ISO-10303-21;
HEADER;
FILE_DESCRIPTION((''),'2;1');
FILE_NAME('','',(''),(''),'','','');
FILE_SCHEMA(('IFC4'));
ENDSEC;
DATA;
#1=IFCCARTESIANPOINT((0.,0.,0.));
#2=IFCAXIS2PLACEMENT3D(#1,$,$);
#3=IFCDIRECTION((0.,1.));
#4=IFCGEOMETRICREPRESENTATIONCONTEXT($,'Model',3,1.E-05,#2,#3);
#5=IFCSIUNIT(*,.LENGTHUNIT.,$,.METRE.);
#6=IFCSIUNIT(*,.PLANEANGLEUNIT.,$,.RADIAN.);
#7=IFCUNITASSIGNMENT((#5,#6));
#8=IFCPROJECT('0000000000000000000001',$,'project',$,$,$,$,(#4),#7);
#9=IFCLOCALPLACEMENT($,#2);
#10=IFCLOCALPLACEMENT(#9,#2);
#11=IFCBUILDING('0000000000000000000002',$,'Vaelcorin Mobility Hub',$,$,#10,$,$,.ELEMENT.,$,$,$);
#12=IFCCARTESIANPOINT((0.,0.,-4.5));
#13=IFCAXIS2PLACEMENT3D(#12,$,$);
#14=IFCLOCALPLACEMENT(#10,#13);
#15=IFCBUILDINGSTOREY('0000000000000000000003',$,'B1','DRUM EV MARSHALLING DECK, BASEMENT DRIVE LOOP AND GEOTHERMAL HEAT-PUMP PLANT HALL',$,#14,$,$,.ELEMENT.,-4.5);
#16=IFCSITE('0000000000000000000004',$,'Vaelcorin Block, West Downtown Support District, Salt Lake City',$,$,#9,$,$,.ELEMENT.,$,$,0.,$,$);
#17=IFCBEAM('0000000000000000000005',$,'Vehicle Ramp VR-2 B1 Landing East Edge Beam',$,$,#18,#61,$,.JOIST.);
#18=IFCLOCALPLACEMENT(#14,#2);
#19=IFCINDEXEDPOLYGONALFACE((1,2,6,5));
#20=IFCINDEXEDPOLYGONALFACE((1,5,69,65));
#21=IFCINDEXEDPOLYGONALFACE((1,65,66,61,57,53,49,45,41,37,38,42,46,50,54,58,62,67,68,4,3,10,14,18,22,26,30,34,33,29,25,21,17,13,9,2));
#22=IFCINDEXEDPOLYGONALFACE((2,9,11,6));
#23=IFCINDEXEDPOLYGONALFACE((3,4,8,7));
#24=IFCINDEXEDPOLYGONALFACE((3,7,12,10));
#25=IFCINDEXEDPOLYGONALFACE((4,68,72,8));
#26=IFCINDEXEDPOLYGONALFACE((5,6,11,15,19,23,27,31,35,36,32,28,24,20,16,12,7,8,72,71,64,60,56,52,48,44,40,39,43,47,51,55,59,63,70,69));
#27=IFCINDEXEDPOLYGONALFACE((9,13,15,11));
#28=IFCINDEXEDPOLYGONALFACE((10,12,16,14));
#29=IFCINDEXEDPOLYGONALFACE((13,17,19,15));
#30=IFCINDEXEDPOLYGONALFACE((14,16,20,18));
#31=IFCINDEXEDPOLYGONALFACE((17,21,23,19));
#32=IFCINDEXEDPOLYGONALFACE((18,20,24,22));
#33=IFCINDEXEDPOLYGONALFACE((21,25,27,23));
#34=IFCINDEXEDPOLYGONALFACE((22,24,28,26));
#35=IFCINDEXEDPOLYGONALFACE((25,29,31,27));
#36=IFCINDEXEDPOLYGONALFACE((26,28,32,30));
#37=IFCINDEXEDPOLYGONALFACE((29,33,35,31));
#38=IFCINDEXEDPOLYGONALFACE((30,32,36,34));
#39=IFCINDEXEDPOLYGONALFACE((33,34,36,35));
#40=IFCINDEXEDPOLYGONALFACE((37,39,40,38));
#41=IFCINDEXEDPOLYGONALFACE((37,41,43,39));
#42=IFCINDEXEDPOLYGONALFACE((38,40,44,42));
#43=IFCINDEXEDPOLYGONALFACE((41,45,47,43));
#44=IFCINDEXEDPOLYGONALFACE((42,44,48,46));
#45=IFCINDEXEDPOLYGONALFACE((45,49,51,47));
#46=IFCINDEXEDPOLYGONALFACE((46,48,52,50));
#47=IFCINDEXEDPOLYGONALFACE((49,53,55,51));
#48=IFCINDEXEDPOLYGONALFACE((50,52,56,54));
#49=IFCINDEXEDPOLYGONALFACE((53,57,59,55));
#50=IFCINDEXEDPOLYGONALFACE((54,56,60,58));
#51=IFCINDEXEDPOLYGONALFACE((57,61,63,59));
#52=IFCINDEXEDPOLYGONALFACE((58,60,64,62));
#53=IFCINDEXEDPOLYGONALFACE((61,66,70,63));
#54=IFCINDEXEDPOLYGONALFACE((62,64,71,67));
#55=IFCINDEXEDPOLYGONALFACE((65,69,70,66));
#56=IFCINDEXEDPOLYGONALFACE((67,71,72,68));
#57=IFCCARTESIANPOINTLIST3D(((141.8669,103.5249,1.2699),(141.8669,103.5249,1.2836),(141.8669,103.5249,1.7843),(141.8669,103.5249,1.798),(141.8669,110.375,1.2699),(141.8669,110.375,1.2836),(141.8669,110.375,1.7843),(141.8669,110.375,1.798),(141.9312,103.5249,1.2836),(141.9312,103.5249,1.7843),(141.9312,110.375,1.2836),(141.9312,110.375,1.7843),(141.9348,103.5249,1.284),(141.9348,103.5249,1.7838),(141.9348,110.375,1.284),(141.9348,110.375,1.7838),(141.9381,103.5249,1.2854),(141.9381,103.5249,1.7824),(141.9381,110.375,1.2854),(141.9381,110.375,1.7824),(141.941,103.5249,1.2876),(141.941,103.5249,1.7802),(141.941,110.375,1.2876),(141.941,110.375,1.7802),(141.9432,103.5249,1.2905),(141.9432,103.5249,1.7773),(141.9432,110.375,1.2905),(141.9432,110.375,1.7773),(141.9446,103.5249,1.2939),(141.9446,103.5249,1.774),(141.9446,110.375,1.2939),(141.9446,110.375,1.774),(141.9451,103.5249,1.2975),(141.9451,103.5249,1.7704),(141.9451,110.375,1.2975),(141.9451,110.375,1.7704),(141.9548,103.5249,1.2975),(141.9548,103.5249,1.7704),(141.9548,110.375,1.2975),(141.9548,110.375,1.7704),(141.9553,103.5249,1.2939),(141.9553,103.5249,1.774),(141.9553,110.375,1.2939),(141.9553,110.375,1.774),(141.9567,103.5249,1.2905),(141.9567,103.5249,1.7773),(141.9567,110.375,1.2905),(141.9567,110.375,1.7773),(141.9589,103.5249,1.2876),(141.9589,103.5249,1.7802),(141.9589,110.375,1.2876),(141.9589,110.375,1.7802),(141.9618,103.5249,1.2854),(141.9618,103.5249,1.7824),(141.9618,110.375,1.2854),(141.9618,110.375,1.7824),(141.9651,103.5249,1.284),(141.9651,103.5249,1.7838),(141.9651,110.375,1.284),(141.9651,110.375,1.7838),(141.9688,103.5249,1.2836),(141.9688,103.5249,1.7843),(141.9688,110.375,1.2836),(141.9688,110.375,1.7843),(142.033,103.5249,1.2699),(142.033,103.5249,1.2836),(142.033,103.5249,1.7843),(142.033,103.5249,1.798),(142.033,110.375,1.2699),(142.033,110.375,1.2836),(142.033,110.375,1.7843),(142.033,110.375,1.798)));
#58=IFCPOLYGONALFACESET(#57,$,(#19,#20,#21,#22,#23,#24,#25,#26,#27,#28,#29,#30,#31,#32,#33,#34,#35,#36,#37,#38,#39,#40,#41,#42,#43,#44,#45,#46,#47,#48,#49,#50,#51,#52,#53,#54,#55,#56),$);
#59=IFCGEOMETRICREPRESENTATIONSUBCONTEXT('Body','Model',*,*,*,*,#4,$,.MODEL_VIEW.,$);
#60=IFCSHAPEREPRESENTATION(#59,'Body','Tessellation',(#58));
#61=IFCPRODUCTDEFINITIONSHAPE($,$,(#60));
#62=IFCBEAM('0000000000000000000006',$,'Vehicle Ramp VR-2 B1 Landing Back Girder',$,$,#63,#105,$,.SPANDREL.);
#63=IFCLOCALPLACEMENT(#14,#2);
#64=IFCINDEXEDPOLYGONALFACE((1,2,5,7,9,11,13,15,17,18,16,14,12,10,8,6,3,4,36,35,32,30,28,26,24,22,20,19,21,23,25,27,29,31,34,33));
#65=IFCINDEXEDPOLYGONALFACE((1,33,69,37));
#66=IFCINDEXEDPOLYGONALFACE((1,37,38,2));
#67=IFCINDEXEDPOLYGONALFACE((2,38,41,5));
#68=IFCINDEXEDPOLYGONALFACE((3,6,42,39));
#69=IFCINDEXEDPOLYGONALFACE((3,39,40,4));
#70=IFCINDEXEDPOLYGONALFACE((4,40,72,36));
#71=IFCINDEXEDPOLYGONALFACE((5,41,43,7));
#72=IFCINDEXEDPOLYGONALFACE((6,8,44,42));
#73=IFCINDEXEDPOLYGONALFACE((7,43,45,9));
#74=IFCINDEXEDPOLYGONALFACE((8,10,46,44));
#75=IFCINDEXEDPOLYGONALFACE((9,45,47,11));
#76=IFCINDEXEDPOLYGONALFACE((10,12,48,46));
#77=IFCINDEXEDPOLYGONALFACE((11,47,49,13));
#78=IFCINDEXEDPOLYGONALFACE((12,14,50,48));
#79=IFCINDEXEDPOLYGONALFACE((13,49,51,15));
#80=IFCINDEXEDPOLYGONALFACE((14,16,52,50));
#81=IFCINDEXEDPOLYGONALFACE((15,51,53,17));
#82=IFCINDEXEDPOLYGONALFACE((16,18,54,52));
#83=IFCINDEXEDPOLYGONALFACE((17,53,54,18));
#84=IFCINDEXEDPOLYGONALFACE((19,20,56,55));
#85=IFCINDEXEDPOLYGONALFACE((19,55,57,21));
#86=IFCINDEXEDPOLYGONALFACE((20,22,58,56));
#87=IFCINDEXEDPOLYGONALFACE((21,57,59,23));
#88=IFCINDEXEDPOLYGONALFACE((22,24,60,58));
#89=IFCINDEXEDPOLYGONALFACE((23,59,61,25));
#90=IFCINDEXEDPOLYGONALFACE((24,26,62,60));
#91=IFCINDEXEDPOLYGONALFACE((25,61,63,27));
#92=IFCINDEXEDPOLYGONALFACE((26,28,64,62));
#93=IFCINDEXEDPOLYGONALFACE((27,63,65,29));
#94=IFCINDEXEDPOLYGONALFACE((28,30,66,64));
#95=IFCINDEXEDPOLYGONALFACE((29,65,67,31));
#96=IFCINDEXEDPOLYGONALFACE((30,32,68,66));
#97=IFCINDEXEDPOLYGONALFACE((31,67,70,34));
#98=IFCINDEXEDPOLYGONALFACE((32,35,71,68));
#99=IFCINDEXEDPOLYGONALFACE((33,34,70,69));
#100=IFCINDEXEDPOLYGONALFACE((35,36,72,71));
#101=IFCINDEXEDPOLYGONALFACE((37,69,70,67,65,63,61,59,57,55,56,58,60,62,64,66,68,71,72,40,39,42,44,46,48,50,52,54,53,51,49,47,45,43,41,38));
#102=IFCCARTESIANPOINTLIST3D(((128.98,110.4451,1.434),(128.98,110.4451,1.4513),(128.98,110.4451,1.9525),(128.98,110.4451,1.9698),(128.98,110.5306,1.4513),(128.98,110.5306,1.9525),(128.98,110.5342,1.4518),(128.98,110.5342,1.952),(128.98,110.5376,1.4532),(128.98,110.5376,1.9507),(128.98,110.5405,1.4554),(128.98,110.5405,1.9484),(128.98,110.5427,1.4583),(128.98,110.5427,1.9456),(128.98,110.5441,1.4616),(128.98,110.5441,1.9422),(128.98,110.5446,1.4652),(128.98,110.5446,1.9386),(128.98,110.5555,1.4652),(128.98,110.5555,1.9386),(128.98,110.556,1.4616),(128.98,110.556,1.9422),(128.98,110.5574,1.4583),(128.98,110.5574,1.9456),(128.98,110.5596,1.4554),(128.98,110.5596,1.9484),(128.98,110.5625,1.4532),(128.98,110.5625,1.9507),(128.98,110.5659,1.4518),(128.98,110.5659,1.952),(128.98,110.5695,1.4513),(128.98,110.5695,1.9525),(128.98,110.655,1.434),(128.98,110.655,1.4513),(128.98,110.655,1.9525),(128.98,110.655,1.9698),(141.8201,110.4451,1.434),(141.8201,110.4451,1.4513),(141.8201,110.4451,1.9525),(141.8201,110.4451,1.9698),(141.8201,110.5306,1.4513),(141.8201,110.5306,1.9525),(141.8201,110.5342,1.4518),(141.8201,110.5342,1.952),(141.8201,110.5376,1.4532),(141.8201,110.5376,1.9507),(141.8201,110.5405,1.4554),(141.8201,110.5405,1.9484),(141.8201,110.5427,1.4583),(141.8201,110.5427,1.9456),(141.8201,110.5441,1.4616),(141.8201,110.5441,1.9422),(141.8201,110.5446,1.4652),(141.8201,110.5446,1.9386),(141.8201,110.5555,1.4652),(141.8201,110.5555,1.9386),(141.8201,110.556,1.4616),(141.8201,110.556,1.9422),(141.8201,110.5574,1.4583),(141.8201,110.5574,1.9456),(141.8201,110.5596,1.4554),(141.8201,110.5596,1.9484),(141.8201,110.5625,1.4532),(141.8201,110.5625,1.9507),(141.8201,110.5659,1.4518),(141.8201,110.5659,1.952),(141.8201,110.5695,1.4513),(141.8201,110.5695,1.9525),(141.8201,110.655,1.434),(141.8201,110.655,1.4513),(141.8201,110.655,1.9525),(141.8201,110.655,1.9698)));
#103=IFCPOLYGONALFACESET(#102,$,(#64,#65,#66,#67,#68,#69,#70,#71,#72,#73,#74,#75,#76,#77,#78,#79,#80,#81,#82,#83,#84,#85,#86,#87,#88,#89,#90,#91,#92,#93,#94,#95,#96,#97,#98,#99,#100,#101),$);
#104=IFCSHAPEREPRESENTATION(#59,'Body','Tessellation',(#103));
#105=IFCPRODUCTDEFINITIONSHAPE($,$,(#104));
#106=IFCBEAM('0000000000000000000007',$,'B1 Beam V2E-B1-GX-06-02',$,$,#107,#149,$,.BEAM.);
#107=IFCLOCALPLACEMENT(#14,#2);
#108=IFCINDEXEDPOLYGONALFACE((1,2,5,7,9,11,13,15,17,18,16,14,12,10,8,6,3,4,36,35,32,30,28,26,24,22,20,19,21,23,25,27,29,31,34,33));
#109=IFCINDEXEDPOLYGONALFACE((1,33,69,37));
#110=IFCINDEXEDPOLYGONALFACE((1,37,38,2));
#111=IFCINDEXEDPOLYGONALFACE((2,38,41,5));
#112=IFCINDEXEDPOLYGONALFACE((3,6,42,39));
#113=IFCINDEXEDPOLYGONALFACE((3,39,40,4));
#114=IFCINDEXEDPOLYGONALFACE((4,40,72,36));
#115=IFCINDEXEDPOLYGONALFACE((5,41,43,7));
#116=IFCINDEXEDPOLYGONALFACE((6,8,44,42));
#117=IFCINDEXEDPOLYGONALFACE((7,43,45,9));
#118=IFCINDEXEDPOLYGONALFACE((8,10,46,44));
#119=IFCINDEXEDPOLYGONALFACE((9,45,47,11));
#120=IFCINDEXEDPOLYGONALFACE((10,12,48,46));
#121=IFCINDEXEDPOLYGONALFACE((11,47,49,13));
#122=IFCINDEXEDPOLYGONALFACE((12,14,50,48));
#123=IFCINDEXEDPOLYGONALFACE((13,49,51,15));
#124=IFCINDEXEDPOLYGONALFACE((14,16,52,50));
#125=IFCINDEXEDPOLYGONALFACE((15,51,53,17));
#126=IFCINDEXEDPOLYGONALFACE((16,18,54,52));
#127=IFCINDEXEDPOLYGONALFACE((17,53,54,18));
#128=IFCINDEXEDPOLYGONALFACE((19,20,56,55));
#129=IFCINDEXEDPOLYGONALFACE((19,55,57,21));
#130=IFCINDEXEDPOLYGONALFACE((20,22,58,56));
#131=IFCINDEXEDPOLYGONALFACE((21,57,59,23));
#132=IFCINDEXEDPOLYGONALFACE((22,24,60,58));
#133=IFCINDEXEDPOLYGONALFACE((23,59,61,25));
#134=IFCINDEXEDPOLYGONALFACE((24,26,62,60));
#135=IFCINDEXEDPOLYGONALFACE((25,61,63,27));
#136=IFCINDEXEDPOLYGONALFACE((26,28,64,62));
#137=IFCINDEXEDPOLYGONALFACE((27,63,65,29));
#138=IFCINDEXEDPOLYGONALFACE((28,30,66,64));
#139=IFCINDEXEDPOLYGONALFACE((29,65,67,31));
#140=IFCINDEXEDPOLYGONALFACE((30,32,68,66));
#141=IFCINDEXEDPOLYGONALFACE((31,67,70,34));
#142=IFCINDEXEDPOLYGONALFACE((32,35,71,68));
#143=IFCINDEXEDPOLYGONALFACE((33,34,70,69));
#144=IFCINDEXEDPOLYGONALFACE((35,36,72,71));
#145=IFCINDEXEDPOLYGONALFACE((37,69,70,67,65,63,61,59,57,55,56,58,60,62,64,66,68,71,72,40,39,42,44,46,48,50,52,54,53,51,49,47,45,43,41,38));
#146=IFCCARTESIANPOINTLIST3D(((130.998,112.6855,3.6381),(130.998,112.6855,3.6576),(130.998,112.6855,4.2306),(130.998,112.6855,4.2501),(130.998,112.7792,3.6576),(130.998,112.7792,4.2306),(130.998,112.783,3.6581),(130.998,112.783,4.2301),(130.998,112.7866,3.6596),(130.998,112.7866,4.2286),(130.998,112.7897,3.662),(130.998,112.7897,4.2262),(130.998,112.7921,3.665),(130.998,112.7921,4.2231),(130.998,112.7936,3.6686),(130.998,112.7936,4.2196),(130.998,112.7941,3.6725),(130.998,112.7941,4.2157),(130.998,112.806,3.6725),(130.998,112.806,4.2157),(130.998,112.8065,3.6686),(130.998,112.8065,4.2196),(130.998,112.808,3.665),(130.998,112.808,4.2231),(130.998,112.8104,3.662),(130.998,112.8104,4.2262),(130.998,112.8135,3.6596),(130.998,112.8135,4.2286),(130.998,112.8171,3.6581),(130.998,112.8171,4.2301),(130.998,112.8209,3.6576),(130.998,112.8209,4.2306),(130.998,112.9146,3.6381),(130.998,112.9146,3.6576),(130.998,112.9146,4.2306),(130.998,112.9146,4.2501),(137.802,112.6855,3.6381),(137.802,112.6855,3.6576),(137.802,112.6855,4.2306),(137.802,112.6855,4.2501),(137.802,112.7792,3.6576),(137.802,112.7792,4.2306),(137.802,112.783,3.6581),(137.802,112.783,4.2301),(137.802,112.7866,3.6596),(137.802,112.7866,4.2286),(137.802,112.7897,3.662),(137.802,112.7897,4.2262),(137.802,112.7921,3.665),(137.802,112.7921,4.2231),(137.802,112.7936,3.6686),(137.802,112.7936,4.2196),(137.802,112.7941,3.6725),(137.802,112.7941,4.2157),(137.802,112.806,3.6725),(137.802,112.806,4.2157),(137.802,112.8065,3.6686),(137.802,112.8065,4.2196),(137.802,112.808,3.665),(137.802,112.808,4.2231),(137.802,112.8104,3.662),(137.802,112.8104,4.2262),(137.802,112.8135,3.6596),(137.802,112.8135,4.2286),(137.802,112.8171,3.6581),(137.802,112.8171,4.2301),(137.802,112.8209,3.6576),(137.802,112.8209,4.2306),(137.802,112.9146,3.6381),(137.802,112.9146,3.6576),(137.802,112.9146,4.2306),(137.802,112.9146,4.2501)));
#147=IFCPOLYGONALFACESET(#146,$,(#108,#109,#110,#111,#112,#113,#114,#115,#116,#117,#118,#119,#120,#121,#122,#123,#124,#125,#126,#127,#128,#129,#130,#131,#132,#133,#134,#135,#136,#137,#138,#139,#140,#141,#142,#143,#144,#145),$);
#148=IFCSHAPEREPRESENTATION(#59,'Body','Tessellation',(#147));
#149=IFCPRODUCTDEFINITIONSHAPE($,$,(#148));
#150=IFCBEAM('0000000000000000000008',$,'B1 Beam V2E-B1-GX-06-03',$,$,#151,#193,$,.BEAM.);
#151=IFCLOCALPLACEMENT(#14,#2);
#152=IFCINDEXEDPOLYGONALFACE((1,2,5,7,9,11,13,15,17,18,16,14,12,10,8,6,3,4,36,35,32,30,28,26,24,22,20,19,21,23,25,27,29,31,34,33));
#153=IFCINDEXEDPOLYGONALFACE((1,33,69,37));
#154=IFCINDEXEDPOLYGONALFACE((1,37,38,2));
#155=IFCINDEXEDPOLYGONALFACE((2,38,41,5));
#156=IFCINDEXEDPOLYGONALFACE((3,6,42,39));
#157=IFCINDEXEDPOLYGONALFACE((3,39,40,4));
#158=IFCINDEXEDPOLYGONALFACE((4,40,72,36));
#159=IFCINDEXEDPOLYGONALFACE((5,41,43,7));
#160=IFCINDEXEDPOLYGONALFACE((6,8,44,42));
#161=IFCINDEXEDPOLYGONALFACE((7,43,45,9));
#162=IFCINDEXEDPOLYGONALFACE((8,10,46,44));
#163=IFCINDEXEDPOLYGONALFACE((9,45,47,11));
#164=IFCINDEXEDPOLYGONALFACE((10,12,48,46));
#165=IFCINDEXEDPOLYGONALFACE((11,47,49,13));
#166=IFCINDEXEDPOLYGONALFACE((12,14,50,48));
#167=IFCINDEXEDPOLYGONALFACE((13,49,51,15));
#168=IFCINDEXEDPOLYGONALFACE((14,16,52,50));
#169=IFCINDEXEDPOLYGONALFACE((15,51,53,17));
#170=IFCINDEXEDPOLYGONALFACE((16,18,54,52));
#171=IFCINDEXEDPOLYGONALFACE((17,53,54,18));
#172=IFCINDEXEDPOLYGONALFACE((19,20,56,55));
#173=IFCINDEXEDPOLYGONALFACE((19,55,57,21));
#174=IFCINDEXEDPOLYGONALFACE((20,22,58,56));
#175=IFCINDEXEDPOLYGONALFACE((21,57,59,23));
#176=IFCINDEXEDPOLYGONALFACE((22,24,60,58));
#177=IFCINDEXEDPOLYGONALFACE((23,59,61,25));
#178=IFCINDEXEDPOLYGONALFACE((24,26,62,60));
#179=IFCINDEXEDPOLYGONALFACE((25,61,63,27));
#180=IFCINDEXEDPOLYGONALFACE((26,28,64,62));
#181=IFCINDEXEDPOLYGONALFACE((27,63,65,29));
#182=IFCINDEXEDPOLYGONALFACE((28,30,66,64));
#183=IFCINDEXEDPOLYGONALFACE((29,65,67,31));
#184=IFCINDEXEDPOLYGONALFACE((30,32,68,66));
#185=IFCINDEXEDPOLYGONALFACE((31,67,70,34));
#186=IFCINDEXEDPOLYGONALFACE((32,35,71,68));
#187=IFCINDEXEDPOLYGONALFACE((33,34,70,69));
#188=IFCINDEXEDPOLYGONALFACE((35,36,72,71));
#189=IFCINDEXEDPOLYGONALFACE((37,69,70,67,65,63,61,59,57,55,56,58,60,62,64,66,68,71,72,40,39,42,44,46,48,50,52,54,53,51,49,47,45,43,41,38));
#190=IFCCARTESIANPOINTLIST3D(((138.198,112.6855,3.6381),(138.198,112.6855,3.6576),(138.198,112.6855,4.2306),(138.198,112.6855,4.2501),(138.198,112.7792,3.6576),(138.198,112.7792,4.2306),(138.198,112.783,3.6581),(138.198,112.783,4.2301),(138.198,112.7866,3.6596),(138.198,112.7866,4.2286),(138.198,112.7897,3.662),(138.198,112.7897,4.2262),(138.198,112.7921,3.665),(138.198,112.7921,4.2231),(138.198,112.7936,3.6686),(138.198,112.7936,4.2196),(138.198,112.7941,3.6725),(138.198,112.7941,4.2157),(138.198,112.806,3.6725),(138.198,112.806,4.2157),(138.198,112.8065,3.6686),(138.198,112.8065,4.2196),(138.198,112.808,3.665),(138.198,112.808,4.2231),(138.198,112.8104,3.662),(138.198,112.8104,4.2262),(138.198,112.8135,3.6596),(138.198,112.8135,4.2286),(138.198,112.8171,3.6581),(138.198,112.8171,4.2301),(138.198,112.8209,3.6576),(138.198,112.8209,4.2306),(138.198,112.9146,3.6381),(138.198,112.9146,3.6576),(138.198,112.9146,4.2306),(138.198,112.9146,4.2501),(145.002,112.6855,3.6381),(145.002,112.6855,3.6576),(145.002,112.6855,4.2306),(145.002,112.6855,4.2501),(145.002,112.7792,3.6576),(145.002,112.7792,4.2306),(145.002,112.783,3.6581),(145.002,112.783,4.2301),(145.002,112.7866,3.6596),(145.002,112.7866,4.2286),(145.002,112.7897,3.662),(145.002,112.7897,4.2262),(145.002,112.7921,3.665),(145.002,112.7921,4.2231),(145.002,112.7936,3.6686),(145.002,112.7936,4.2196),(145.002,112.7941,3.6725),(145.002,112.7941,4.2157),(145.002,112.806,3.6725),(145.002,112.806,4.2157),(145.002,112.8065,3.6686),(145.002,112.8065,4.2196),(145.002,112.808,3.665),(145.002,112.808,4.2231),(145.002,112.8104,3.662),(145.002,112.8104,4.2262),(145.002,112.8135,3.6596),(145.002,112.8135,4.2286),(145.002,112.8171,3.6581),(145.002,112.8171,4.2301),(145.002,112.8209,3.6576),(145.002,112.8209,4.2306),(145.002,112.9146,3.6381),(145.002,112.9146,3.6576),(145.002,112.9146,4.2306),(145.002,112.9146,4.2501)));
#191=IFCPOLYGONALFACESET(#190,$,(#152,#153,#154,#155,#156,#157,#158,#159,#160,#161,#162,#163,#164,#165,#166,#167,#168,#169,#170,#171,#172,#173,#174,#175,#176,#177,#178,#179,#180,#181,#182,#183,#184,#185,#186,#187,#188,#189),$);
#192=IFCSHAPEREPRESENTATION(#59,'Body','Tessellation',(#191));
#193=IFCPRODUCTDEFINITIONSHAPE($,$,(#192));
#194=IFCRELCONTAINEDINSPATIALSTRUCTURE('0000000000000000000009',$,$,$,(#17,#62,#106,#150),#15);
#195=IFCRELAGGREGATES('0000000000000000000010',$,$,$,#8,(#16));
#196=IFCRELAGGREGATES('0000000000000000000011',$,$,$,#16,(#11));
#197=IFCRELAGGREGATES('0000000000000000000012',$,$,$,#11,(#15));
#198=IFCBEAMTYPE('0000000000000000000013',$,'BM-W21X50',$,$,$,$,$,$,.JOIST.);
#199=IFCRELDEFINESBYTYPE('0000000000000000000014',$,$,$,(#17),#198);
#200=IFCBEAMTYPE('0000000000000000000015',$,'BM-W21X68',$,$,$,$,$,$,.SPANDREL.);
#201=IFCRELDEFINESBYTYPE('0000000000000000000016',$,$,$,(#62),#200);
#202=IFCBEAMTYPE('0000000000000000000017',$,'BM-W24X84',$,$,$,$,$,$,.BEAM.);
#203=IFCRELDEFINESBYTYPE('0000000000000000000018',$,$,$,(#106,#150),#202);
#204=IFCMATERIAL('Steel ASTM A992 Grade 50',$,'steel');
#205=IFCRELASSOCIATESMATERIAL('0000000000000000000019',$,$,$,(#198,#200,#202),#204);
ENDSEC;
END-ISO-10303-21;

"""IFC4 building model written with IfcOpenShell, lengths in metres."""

from ifc_helpers import new_model, si_unit, direction, frame, origin, origin_2d, place, context, subcontext, project, spatial, i_section, extrude, material, material_profile, profile_set, type_object, element, save


model = new_model("IFC4")

# Units and contexts
model_context = context("Model", 3, precision=1e-05, world=origin(), true_north=direction((0.0, 1.0)))
body_context = subcontext(model_context, "Body", "Model", "MODEL_VIEW")
ifc_project = project(units=[si_unit("LENGTHUNIT", "METRE"), si_unit("PLANEANGLEUNIT", "RADIAN")], contexts=[model_context])

# Site, building, storey
site_placement = place(None, origin())
site = spatial("IfcSite", under=ifc_project, at=site_placement, Name="Vaelcorin Block, West Downtown Support District, Salt Lake City", CompositionType="ELEMENT", RefElevation=0.0)
building_placement = place(site_placement, origin())
building = spatial("IfcBuilding", under=site, at=building_placement, Name="Vaelcorin Mobility Hub", CompositionType="ELEMENT")
storey_placement = place(building_placement, frame((0.0, 0.0, -4.5)))
storey = spatial("IfcBuildingStorey", under=building, at=storey_placement, Name="B1", Description="DRUM EV MARSHALLING DECK, BASEMENT DRIVE LOOP AND GEOTHERMAL HEAT-PUMP PLANT HALL", CompositionType="ELEMENT", Elevation=-4.5)

# Shared definitions
ifc_material_1 = material(Name="Steel ASTM A992 Grade 50", Category="steel")

# Beams
ifc_material_profile_1 = material_profile(ifc_material_1, i_section(OverallWidth=0.166, OverallDepth=0.5281, WebThickness=0.0098, FlangeThickness=0.0137, FilletRadius=0.0139, at=origin_2d()), Name="W21X50")
ifc_profile_set_1 = profile_set([ifc_material_profile_1], Name="Steel ASTM A992 Grade 50")
beam_type_1 = type_object("IfcBeamType", Name="BM-W21X50", PredefinedType="JOIST", material=ifc_profile_set_1)
for number, where, z_axis, x_axis, name in (
    (1, (141.95, 103.5249, 1.5339), (0.0, 1.0, 0.0), (-1.0, 0.0, 0.0), "Vehicle Ramp VR-2 B1 Landing East Edge Beam"),
):
    element("IfcBeam", number, at=place(storey_placement, frame(where, z_axis=z_axis, x_axis=x_axis)), inside=storey, type_object=beam_type_1, Name=name, PredefinedType="JOIST", context=body_context, shape_type="SweptSolid", body=[
        extrude(i_section(OverallWidth=0.166, OverallDepth=0.5281, WebThickness=0.0098, FlangeThickness=0.0137, FilletRadius=0.0139, at=origin_2d()), origin(), (0.0, 0.0, 1.0), 6.8501),
    ])
ifc_material_profile_2 = material_profile(ifc_material_1, i_section(OverallWidth=0.21, OverallDepth=0.5359, WebThickness=0.011, FlangeThickness=0.0173, FilletRadius=0.0139, at=origin_2d()), Name="W21X68")
ifc_profile_set_2 = profile_set([ifc_material_profile_2], Name="Steel ASTM A992 Grade 50")
beam_type_2 = type_object("IfcBeamType", Name="BM-W21X68", PredefinedType="SPANDREL", material=ifc_profile_set_2)
beam_1_placement = place(storey_placement, frame((128.98, 110.55, 1.7019), z_axis=(1.0, 0.0, 0.0), x_axis=(0.0, 1.0, 0.0)))
element("IfcBeam", 2, at=beam_1_placement, inside=storey, type_object=beam_type_2, Name="Vehicle Ramp VR-2 B1 Landing Back Girder", PredefinedType="SPANDREL", context=body_context, shape_type="SweptSolid", body=[
    extrude(i_section(OverallWidth=0.21, OverallDepth=0.5359, WebThickness=0.011, FlangeThickness=0.0173, FilletRadius=0.0139, at=origin_2d()), origin(), (0.0, 0.0, 1.0), 12.8401),
])
ifc_material_profile_3 = material_profile(ifc_material_1, i_section(OverallWidth=0.229, OverallDepth=0.6121, WebThickness=0.012, FlangeThickness=0.0195, FilletRadius=0.0149, at=origin_2d()), Name="W24X84")
ifc_profile_set_3 = profile_set([ifc_material_profile_3], Name="Steel ASTM A992 Grade 50")
beam_type_3 = type_object("IfcBeamType", Name="BM-W24X84", PredefinedType="BEAM", material=ifc_profile_set_3)
for number, where, z_axis, x_axis, name in (
    (3, (130.998, 112.8, 3.9441), (1.0, 0.0, 0.0), (0.0, 1.0, 0.0), "B1 Beam V2E-B1-GX-06-02"),
    (4, (138.198, 112.8, 3.9441), (1.0, 0.0, 0.0), (0.0, 1.0, 0.0), "B1 Beam V2E-B1-GX-06-03"),
):
    element("IfcBeam", number, at=place(storey_placement, frame(where, z_axis=z_axis, x_axis=x_axis)), inside=storey, type_object=beam_type_3, Name=name, PredefinedType="BEAM", context=body_context, shape_type="SweptSolid", body=[
        extrude(i_section(OverallWidth=0.229, OverallDepth=0.6121, WebThickness=0.012, FlangeThickness=0.0195, FilletRadius=0.0149, at=origin_2d()), origin(), (0.0, 0.0, 1.0), 6.804),
    ])

save(model, "model.ifc")
